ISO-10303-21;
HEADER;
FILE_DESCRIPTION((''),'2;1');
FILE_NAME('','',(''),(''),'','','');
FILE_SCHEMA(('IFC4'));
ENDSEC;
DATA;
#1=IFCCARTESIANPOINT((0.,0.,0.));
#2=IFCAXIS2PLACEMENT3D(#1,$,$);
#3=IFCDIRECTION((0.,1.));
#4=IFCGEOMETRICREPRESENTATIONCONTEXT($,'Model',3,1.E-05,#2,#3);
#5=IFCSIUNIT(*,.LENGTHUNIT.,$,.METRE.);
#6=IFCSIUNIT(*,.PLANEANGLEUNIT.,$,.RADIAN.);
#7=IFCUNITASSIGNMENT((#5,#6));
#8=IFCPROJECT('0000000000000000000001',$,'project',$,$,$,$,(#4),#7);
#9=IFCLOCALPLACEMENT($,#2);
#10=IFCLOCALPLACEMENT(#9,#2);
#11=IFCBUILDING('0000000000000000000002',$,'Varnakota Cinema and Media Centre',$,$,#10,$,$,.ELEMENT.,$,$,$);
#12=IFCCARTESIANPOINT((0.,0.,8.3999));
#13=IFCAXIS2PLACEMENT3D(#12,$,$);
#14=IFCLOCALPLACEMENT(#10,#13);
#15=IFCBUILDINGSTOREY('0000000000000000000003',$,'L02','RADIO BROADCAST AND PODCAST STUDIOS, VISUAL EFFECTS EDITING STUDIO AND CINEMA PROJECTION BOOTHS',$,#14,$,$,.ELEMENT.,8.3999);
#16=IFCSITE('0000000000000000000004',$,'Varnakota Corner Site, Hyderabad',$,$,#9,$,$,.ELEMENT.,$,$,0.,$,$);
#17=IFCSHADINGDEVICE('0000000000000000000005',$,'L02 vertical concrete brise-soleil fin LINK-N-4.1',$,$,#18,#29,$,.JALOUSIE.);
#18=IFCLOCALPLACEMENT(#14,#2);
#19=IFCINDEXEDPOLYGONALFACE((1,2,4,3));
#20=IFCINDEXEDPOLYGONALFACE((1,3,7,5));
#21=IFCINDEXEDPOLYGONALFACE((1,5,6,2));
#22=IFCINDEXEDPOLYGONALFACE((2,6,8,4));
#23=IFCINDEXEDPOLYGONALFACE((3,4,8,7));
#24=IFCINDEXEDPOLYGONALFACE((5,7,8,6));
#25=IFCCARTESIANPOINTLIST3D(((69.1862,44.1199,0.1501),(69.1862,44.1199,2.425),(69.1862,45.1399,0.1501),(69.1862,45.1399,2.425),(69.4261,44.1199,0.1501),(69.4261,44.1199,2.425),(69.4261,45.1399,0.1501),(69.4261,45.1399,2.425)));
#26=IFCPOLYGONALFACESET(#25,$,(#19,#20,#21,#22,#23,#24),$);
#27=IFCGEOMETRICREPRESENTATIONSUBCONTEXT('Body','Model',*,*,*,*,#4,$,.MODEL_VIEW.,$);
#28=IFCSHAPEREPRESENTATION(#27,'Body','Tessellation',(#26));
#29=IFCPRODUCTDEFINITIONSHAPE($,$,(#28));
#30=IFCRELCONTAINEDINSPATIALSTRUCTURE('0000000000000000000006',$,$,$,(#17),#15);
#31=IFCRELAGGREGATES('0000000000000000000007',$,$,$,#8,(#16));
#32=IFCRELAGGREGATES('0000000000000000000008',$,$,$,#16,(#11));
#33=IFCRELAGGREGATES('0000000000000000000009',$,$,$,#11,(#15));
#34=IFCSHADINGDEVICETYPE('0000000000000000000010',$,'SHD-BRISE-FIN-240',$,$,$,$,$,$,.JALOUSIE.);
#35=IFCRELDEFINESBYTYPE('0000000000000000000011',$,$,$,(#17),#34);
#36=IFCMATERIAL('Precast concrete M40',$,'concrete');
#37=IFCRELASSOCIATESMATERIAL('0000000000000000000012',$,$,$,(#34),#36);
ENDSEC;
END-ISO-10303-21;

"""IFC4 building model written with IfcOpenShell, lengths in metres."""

from ifc_helpers import new_model, si_unit, direction, frame, origin, origin_2d, place, context, subcontext, project, spatial, rectangle, extrude, material, type_object, element, save


model = new_model("IFC4")

# Units and contexts
model_context = context("Model", 3, precision=1e-05, world=origin(), true_north=direction((0.0, 1.0)))
body_context = subcontext(model_context, "Body", "Model", "MODEL_VIEW")
ifc_project = project(units=[si_unit("LENGTHUNIT", "METRE"), si_unit("PLANEANGLEUNIT", "RADIAN")], contexts=[model_context])

# Site, building, storey
site_placement = place(None, origin())
site = spatial("IfcSite", under=ifc_project, at=site_placement, Name="Varnakota Corner Site, Hyderabad", CompositionType="ELEMENT", RefElevation=0.0)
building_placement = place(site_placement, origin())
building = spatial("IfcBuilding", under=site, at=building_placement, Name="Varnakota Cinema and Media Centre", CompositionType="ELEMENT")
storey_placement = place(building_placement, frame((0.0, 0.0, 8.3999)))
storey = spatial("IfcBuildingStorey", under=building, at=storey_placement, Name="L02", Description="RADIO BROADCAST AND PODCAST STUDIOS, VISUAL EFFECTS EDITING STUDIO AND CINEMA PROJECTION BOOTHS", CompositionType="ELEMENT", Elevation=8.3999)

# Shading device
ifc_material_1 = material(Name="Precast concrete M40", Category="concrete")
shading_device_type = type_object("IfcShadingDeviceType", Name="SHD-BRISE-FIN-240", PredefinedType="JALOUSIE", material=ifc_material_1)
for number, where, z_axis, x_axis, name in (
    (1, (69.3062, 44.6299, 0.1501), (0.0, 0.0, 1.0), (1.0, 0.0, 0.0), "L02 vertical concrete brise-soleil fin LINK-N-4.1"),
):
    element("IfcShadingDevice", number, at=place(storey_placement, frame(where, z_axis=z_axis, x_axis=x_axis)), inside=storey, type_object=shading_device_type, Name=name, PredefinedType="JALOUSIE", context=body_context, shape_type="SweptSolid", body=[
        extrude(rectangle(XDim=0.24, YDim=1.02, at=origin_2d()), origin(), (0.0, 0.0, 1.0), 2.2749),
    ])

save(model, "model.ifc")
